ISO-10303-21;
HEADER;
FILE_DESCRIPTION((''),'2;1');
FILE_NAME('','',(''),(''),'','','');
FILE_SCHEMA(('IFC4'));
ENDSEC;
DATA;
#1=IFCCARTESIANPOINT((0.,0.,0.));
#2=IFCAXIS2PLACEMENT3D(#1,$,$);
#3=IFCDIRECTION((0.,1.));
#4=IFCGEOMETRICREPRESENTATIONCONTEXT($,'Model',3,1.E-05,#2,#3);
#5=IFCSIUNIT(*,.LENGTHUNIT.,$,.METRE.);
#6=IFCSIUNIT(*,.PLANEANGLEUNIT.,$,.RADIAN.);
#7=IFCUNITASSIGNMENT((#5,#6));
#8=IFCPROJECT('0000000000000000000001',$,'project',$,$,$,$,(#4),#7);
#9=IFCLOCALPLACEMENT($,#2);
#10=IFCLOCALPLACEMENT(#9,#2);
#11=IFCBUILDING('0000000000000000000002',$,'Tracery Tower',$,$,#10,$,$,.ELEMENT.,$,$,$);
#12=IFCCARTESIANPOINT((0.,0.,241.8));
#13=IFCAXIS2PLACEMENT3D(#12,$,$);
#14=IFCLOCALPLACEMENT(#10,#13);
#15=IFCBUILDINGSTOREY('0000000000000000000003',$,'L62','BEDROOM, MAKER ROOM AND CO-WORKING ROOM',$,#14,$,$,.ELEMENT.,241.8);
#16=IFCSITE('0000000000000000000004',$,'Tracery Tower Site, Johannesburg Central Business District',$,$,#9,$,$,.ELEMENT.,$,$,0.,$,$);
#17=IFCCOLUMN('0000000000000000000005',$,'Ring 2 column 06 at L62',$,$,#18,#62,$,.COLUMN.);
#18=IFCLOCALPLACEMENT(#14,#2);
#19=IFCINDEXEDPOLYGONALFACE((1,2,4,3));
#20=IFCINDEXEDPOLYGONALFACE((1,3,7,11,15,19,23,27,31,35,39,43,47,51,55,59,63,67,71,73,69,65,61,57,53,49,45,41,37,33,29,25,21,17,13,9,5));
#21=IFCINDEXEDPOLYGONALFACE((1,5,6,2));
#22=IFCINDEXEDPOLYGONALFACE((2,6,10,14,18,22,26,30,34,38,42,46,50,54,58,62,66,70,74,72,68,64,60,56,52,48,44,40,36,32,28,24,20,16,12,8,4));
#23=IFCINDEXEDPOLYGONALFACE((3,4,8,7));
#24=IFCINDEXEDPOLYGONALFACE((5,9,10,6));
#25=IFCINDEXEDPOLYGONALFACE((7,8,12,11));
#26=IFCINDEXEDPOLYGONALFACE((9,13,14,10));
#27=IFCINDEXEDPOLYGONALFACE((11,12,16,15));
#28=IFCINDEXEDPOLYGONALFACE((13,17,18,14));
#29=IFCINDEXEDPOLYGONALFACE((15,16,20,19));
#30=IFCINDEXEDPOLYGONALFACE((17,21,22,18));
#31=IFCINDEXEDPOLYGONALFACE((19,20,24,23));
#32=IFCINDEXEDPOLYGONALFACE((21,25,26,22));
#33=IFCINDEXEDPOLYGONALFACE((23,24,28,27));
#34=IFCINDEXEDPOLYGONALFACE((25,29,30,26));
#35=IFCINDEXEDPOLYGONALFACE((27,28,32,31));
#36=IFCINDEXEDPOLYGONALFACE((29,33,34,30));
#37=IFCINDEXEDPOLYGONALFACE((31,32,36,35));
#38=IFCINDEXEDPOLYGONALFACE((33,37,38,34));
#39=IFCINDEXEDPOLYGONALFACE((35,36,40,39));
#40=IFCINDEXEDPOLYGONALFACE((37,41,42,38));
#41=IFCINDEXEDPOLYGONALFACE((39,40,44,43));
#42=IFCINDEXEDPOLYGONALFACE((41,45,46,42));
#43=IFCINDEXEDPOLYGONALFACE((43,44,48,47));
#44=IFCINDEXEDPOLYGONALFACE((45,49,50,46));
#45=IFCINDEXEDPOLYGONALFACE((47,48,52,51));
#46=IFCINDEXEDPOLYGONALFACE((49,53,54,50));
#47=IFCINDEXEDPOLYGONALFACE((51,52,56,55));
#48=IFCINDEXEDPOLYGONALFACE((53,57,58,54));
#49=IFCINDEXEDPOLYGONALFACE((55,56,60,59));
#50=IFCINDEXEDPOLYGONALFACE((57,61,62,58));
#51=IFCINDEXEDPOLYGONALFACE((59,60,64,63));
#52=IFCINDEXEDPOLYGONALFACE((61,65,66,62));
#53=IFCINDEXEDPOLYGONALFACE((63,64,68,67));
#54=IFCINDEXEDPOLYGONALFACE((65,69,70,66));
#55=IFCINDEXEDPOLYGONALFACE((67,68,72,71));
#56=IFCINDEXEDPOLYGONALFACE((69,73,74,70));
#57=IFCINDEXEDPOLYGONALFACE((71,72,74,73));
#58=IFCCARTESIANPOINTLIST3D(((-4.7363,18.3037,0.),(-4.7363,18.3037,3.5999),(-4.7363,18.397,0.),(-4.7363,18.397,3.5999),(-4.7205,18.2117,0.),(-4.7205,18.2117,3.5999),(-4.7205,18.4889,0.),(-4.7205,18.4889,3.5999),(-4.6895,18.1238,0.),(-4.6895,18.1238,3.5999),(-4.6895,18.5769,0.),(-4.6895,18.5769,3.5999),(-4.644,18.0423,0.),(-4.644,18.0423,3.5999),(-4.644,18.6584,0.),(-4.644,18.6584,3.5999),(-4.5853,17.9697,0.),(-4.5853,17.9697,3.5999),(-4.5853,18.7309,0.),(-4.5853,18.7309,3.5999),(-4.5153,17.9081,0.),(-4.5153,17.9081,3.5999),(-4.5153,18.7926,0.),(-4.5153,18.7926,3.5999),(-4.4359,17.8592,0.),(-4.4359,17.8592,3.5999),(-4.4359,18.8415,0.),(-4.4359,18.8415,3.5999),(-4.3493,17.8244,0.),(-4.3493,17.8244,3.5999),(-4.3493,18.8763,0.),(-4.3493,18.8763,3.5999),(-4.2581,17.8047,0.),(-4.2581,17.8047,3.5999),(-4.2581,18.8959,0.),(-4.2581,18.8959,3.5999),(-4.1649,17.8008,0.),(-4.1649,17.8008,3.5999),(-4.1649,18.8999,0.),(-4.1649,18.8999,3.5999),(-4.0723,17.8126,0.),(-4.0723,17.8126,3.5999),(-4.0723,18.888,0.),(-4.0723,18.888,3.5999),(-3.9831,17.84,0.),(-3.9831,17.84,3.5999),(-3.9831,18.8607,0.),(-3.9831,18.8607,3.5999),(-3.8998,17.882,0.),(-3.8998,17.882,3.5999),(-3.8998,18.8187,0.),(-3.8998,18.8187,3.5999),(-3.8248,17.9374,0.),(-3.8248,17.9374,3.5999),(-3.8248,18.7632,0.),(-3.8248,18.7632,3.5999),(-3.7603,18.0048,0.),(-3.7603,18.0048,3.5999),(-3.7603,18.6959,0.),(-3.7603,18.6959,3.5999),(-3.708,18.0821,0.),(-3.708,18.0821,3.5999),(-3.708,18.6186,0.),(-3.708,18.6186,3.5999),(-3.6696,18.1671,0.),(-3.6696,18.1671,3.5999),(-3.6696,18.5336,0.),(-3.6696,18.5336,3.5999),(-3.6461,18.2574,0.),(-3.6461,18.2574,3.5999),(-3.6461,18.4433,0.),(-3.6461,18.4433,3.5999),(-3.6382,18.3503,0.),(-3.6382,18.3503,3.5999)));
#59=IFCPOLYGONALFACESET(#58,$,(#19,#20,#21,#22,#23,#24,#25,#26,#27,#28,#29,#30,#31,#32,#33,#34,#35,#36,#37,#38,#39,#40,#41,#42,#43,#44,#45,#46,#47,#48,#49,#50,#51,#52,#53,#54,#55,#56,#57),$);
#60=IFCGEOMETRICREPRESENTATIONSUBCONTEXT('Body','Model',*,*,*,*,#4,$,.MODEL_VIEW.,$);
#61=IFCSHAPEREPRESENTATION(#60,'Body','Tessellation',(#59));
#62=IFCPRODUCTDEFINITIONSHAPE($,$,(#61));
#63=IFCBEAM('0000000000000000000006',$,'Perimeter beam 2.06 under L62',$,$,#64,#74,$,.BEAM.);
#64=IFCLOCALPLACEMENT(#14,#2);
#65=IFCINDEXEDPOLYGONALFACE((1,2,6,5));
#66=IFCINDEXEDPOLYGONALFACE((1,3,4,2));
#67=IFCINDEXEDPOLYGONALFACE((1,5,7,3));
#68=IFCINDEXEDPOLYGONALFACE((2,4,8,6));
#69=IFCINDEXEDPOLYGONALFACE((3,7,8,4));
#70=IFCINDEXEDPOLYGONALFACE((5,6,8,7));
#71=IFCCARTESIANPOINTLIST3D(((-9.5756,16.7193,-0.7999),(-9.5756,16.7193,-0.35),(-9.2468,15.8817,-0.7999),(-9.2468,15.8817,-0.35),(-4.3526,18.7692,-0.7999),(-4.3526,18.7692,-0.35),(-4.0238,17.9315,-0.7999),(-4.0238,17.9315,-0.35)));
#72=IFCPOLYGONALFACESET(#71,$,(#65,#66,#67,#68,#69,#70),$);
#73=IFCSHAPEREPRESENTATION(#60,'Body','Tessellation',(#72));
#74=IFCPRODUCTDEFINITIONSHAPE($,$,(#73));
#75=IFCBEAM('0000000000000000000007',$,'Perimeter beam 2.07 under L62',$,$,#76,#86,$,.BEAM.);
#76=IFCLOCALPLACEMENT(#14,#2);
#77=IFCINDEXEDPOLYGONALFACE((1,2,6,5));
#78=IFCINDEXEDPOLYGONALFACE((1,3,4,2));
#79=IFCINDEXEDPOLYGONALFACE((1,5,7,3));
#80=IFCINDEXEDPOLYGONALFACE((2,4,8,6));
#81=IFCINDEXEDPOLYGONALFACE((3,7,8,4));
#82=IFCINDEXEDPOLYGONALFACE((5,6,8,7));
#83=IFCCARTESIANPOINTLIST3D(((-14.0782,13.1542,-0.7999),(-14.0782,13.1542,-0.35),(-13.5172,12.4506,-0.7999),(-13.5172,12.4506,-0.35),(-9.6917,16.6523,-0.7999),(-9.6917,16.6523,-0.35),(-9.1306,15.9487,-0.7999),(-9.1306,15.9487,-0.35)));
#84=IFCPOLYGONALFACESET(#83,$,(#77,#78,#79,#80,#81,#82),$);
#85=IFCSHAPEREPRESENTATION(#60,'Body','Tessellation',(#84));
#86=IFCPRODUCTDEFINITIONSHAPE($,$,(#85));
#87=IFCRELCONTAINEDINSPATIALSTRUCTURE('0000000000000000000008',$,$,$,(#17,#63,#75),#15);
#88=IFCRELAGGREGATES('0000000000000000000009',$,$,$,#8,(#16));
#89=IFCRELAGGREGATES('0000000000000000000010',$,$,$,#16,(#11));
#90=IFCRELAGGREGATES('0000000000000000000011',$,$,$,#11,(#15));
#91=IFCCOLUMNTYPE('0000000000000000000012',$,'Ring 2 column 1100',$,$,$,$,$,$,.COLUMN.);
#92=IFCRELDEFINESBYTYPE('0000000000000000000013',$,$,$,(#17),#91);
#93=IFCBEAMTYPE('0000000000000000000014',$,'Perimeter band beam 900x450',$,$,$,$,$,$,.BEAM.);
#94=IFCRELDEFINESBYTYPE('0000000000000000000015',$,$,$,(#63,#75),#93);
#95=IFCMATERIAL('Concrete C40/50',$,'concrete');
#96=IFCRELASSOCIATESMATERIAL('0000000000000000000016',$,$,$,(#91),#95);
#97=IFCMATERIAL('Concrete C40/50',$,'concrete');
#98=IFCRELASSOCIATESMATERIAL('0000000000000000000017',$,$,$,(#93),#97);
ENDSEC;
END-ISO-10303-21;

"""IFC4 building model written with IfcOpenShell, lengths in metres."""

from ifc_helpers import new_model, si_unit, direction, frame, origin, origin_2d, place, context, subcontext, project, spatial, rectangle, circle, extrude, material, material_profile, profile_set, type_object, element, save


model = new_model("IFC4")

# Units and contexts
model_context = context("Model", 3, precision=1e-05, world=origin(), true_north=direction((0.0, 1.0)))
body_context = subcontext(model_context, "Body", "Model", "MODEL_VIEW")
ifc_project = project(units=[si_unit("LENGTHUNIT", "METRE"), si_unit("PLANEANGLEUNIT", "RADIAN")], contexts=[model_context])

# Site, building, storey
site_placement = place(None, origin())
site = spatial("IfcSite", under=ifc_project, at=site_placement, Name="Tracery Tower Site, Johannesburg Central Business District", CompositionType="ELEMENT", RefElevation=0.0)
building_placement = place(site_placement, origin())
building = spatial("IfcBuilding", under=site, at=building_placement, Name="Tracery Tower", CompositionType="ELEMENT")
storey_placement = place(building_placement, frame((0.0, 0.0, 241.8)))
storey = spatial("IfcBuildingStorey", under=building, at=storey_placement, Name="L62", Description="BEDROOM, MAKER ROOM AND CO-WORKING ROOM", CompositionType="ELEMENT", Elevation=241.8)

# Column
ifc_material_1 = material(Name="Concrete C40/50", Category="concrete")
ifc_material_profile_1 = material_profile(ifc_material_1, circle(Radius=0.55, at=origin_2d()), Name="RC D1100")
ifc_profile_set_1 = profile_set([ifc_material_profile_1], Name="Concrete C40/50")
column_type = type_object("IfcColumnType", Name="Ring 2 column 1100", PredefinedType="COLUMN", material=ifc_profile_set_1)
column_placement = place(storey_placement, frame((-4.1882, 18.3503, 0.0), z_axis=(0.0, 0.0, 1.0), x_axis=(1.0, 0.0, 0.0)))
element("IfcColumn", 1, at=column_placement, inside=storey, type_object=column_type, Name="Ring 2 column 06 at L62", PredefinedType="COLUMN", context=body_context, shape_type="SweptSolid", body=[
    extrude(circle(Radius=0.55, at=origin_2d()), origin(), (0.0, 0.0, 1.0), 3.5999),
])

# Beams
ifc_material_2 = material(Name="Concrete C40/50", Category="concrete")
ifc_material_profile_2 = material_profile(ifc_material_2, rectangle(XDim=0.8999, YDim=0.45, at=origin_2d()), Name="RC 900x450")
ifc_profile_set_2 = profile_set([ifc_material_profile_2], Name="Concrete C40/50")
beam_type = type_object("IfcBeamType", Name="Perimeter band beam 900x450", PredefinedType="BEAM", material=ifc_profile_set_2)
beam_1_placement = place(storey_placement, frame((-4.1882, 18.3503, -0.575), z_axis=(-0.930876, -0.365336, 0.0), x_axis=(0.365336, -0.930876, 0.0)))
element("IfcBeam", 2, at=beam_1_placement, inside=storey, type_object=beam_type, Name="Perimeter beam 2.06 under L62", PredefinedType="BEAM", context=body_context, shape_type="SweptSolid", body=[
    extrude(rectangle(XDim=0.8999, YDim=0.45, at=origin_2d()), origin(), (0.0, 0.0, 1.0), 5.6108),
])
beam_2_placement = place(storey_placement, frame((-9.4111, 16.3005, -0.575), z_axis=(-0.781836, -0.623484, 0.0), x_axis=(0.623484, -0.781836, 0.0)))
element("IfcBeam", 3, at=beam_2_placement, inside=storey, type_object=beam_type, Name="Perimeter beam 2.07 under L62", PredefinedType="BEAM", context=body_context, shape_type="SweptSolid", body=[
    extrude(rectangle(XDim=0.8999, YDim=0.45, at=origin_2d()), origin(), (0.0, 0.0, 1.0), 5.6106),
])

save(model, "model.ifc")
